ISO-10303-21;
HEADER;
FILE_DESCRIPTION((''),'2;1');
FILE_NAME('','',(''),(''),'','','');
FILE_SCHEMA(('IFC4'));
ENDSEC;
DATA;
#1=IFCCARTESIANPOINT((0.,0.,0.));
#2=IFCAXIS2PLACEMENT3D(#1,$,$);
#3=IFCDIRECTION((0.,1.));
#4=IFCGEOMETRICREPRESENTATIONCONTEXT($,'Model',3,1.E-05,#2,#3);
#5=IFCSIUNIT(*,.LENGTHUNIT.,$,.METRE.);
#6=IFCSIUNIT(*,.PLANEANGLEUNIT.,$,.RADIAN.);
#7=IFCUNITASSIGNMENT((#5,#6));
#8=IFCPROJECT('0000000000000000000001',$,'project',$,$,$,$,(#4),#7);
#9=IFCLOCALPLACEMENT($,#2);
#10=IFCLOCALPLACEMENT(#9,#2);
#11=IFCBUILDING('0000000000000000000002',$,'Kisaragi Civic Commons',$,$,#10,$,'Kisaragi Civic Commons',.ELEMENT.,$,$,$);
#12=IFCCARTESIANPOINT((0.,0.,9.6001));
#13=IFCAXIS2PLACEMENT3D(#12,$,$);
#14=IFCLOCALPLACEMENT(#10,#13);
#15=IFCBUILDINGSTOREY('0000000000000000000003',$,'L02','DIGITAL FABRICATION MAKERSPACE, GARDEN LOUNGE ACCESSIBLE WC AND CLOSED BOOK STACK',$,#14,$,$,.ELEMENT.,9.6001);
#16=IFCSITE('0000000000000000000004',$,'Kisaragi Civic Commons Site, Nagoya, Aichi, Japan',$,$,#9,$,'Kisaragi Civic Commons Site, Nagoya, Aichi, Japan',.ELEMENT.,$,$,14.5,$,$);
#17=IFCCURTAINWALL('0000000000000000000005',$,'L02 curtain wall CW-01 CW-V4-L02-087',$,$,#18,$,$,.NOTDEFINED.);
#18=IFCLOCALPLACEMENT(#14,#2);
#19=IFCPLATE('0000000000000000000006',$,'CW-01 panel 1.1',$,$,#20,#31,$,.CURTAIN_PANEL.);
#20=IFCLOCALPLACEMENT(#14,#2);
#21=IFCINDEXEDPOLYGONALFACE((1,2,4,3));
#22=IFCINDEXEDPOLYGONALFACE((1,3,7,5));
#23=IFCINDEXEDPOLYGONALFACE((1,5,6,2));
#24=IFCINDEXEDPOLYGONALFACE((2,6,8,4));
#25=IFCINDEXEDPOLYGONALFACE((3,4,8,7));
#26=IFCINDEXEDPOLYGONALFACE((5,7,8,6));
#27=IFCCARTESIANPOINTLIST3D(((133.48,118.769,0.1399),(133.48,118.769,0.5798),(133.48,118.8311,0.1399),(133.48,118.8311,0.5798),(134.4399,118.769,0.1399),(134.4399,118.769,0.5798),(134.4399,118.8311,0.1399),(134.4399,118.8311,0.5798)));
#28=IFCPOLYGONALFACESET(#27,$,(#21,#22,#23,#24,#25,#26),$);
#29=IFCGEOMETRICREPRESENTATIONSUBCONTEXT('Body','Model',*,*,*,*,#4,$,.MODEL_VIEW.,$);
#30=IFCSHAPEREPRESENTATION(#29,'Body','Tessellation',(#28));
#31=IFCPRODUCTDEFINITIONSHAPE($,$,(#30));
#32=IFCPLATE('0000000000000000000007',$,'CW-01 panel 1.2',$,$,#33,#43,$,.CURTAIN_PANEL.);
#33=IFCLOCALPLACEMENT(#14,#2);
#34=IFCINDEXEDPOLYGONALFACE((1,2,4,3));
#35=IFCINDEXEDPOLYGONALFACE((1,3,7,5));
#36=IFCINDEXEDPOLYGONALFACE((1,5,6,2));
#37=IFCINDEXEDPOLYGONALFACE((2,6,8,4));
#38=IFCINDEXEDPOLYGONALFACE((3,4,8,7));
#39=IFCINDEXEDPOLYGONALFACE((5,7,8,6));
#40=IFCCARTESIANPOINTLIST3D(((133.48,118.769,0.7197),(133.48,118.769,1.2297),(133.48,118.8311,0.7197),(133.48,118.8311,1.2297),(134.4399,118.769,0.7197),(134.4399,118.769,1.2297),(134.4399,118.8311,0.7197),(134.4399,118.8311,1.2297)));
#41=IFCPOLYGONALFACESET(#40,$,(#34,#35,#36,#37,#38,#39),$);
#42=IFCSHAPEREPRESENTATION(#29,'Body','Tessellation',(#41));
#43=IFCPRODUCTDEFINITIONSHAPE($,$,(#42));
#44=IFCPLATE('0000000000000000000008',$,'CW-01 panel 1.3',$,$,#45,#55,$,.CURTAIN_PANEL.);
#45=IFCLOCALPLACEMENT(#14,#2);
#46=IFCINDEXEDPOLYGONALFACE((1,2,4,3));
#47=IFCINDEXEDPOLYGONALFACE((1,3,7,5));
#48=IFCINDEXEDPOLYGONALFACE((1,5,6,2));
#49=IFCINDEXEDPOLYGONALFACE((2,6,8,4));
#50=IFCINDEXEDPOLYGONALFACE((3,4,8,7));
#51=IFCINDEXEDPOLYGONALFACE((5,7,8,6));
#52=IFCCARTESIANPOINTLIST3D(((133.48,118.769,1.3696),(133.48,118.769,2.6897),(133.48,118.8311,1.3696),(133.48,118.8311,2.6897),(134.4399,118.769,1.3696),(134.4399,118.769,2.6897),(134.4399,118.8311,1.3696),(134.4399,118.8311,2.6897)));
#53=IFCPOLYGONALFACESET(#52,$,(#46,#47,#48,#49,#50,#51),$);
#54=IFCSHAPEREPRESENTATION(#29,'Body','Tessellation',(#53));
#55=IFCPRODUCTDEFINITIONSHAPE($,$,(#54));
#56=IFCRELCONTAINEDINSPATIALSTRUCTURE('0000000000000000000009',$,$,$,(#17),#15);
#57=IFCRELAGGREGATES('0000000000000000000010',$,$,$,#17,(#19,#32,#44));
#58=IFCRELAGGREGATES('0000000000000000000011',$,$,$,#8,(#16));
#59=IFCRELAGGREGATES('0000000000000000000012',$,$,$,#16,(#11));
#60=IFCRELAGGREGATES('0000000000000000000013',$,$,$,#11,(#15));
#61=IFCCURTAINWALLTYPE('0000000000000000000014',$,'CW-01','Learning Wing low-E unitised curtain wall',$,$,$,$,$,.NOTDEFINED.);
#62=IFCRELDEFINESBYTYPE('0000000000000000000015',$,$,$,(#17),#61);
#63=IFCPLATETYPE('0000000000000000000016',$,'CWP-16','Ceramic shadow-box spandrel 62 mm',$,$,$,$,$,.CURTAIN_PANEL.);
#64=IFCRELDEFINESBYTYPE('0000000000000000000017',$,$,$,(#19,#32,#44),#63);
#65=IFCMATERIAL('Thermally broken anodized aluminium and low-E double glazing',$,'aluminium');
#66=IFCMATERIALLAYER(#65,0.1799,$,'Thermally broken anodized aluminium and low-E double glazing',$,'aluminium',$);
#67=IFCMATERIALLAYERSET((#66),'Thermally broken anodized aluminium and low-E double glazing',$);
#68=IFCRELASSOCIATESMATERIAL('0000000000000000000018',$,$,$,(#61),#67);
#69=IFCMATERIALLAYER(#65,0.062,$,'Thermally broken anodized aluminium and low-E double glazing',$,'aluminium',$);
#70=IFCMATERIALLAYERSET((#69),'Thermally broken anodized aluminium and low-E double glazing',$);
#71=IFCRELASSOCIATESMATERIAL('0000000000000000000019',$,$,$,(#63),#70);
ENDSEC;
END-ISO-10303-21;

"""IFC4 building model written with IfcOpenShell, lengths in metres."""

from ifc_helpers import new_model, si_unit, direction, frame, origin, origin_2d, place, context, subcontext, project, spatial, rectangle, extrude, material, layer, layer_set, type_object, element, aggregate, save


model = new_model("IFC4")

# Units and contexts
model_context = context("Model", 3, precision=1e-05, world=origin(), true_north=direction((0.0, 1.0)))
body_context = subcontext(model_context, "Body", "Model", "MODEL_VIEW")
ifc_project = project(units=[si_unit("LENGTHUNIT", "METRE"), si_unit("PLANEANGLEUNIT", "RADIAN")], contexts=[model_context])

# Site, building, storey
site_placement = place(None, origin())
site = spatial("IfcSite", under=ifc_project, at=site_placement, Name="Kisaragi Civic Commons Site, Nagoya, Aichi, Japan", LongName="Kisaragi Civic Commons Site, Nagoya, Aichi, Japan", CompositionType="ELEMENT", RefElevation=14.5)
building_placement = place(site_placement, origin())
building = spatial("IfcBuilding", under=site, at=building_placement, Name="Kisaragi Civic Commons", LongName="Kisaragi Civic Commons", CompositionType="ELEMENT")
storey_placement = place(building_placement, frame((0.0, 0.0, 9.6001)))
storey = spatial("IfcBuildingStorey", under=building, at=storey_placement, Name="L02", Description="DIGITAL FABRICATION MAKERSPACE, GARDEN LOUNGE ACCESSIBLE WC AND CLOSED BOOK STACK", CompositionType="ELEMENT", Elevation=9.6001)

# Curtain wall
ifc_material_1 = material(Name="Thermally broken anodized aluminium and low-E double glazing", Category="aluminium")
ifc_layer_1 = layer(ifc_material_1, 0.1799, Name="Thermally broken anodized aluminium and low-E double glazing", Category="aluminium")
ifc_layer_set_1 = layer_set([ifc_layer_1], Name="Thermally broken anodized aluminium and low-E double glazing")
curtain_wall_type = type_object("IfcCurtainWallType", Name="CW-01", Description="Learning Wing low-E unitised curtain wall", PredefinedType="NOTDEFINED", material=ifc_layer_set_1)
curtain_wall_1_placement = place(storey_placement, origin())
curtain_wall_1 = element("IfcCurtainWall", 1, at=curtain_wall_1_placement, inside=storey, type_object=curtain_wall_type, Name="L02 curtain wall CW-01 CW-V4-L02-087", PredefinedType="NOTDEFINED")

# Plates
ifc_layer_2 = layer(ifc_material_1, 0.062, Name="Thermally broken anodized aluminium and low-E double glazing", Category="aluminium")
ifc_layer_set_2 = layer_set([ifc_layer_2], Name="Thermally broken anodized aluminium and low-E double glazing")
plate_type_1 = type_object("IfcPlateType", Name="CWP-16", Description="Ceramic shadow-box spandrel 62 mm", PredefinedType="CURTAIN_PANEL", material=ifc_layer_set_2)
plate_1_placement = place(storey_placement, frame((133.96, 118.8, 0.1399), z_axis=(0.0, 0.0, 1.0), x_axis=(1.0, 0.0, 0.0)))
plate_1 = element("IfcPlate", 2, at=plate_1_placement, type_object=plate_type_1, Name="CW-01 panel 1.1", PredefinedType="CURTAIN_PANEL", context=body_context, shape_type="SweptSolid", body=[
    extrude(rectangle(XDim=0.96, YDim=0.062, at=origin_2d()), origin(), (0.0, 0.0, 1.0), 0.4399),
])
plate_2_placement = place(storey_placement, frame((133.96, 118.8, 0.7197), z_axis=(0.0, 0.0, 1.0), x_axis=(1.0, 0.0, 0.0)))
plate_2 = element("IfcPlate", 3, at=plate_2_placement, type_object=plate_type_1, Name="CW-01 panel 1.2", PredefinedType="CURTAIN_PANEL", context=body_context, shape_type="SweptSolid", body=[
    extrude(rectangle(XDim=0.96, YDim=0.062, at=origin_2d()), origin(), (0.0, 0.0, 1.0), 0.51),
])
plate_3_placement = place(storey_placement, frame((133.96, 118.8, 1.3696), z_axis=(0.0, 0.0, 1.0), x_axis=(1.0, 0.0, 0.0)))
plate_3 = element("IfcPlate", 4, at=plate_3_placement, type_object=plate_type_1, Name="CW-01 panel 1.3", PredefinedType="CURTAIN_PANEL", context=body_context, shape_type="SweptSolid", body=[
    extrude(rectangle(XDim=0.96, YDim=0.062, at=origin_2d()), origin(), (0.0, 0.0, 1.0), 1.3201),
])
aggregate(curtain_wall_1, [plate_1, plate_2, plate_3])

save(model, "model.ifc")
